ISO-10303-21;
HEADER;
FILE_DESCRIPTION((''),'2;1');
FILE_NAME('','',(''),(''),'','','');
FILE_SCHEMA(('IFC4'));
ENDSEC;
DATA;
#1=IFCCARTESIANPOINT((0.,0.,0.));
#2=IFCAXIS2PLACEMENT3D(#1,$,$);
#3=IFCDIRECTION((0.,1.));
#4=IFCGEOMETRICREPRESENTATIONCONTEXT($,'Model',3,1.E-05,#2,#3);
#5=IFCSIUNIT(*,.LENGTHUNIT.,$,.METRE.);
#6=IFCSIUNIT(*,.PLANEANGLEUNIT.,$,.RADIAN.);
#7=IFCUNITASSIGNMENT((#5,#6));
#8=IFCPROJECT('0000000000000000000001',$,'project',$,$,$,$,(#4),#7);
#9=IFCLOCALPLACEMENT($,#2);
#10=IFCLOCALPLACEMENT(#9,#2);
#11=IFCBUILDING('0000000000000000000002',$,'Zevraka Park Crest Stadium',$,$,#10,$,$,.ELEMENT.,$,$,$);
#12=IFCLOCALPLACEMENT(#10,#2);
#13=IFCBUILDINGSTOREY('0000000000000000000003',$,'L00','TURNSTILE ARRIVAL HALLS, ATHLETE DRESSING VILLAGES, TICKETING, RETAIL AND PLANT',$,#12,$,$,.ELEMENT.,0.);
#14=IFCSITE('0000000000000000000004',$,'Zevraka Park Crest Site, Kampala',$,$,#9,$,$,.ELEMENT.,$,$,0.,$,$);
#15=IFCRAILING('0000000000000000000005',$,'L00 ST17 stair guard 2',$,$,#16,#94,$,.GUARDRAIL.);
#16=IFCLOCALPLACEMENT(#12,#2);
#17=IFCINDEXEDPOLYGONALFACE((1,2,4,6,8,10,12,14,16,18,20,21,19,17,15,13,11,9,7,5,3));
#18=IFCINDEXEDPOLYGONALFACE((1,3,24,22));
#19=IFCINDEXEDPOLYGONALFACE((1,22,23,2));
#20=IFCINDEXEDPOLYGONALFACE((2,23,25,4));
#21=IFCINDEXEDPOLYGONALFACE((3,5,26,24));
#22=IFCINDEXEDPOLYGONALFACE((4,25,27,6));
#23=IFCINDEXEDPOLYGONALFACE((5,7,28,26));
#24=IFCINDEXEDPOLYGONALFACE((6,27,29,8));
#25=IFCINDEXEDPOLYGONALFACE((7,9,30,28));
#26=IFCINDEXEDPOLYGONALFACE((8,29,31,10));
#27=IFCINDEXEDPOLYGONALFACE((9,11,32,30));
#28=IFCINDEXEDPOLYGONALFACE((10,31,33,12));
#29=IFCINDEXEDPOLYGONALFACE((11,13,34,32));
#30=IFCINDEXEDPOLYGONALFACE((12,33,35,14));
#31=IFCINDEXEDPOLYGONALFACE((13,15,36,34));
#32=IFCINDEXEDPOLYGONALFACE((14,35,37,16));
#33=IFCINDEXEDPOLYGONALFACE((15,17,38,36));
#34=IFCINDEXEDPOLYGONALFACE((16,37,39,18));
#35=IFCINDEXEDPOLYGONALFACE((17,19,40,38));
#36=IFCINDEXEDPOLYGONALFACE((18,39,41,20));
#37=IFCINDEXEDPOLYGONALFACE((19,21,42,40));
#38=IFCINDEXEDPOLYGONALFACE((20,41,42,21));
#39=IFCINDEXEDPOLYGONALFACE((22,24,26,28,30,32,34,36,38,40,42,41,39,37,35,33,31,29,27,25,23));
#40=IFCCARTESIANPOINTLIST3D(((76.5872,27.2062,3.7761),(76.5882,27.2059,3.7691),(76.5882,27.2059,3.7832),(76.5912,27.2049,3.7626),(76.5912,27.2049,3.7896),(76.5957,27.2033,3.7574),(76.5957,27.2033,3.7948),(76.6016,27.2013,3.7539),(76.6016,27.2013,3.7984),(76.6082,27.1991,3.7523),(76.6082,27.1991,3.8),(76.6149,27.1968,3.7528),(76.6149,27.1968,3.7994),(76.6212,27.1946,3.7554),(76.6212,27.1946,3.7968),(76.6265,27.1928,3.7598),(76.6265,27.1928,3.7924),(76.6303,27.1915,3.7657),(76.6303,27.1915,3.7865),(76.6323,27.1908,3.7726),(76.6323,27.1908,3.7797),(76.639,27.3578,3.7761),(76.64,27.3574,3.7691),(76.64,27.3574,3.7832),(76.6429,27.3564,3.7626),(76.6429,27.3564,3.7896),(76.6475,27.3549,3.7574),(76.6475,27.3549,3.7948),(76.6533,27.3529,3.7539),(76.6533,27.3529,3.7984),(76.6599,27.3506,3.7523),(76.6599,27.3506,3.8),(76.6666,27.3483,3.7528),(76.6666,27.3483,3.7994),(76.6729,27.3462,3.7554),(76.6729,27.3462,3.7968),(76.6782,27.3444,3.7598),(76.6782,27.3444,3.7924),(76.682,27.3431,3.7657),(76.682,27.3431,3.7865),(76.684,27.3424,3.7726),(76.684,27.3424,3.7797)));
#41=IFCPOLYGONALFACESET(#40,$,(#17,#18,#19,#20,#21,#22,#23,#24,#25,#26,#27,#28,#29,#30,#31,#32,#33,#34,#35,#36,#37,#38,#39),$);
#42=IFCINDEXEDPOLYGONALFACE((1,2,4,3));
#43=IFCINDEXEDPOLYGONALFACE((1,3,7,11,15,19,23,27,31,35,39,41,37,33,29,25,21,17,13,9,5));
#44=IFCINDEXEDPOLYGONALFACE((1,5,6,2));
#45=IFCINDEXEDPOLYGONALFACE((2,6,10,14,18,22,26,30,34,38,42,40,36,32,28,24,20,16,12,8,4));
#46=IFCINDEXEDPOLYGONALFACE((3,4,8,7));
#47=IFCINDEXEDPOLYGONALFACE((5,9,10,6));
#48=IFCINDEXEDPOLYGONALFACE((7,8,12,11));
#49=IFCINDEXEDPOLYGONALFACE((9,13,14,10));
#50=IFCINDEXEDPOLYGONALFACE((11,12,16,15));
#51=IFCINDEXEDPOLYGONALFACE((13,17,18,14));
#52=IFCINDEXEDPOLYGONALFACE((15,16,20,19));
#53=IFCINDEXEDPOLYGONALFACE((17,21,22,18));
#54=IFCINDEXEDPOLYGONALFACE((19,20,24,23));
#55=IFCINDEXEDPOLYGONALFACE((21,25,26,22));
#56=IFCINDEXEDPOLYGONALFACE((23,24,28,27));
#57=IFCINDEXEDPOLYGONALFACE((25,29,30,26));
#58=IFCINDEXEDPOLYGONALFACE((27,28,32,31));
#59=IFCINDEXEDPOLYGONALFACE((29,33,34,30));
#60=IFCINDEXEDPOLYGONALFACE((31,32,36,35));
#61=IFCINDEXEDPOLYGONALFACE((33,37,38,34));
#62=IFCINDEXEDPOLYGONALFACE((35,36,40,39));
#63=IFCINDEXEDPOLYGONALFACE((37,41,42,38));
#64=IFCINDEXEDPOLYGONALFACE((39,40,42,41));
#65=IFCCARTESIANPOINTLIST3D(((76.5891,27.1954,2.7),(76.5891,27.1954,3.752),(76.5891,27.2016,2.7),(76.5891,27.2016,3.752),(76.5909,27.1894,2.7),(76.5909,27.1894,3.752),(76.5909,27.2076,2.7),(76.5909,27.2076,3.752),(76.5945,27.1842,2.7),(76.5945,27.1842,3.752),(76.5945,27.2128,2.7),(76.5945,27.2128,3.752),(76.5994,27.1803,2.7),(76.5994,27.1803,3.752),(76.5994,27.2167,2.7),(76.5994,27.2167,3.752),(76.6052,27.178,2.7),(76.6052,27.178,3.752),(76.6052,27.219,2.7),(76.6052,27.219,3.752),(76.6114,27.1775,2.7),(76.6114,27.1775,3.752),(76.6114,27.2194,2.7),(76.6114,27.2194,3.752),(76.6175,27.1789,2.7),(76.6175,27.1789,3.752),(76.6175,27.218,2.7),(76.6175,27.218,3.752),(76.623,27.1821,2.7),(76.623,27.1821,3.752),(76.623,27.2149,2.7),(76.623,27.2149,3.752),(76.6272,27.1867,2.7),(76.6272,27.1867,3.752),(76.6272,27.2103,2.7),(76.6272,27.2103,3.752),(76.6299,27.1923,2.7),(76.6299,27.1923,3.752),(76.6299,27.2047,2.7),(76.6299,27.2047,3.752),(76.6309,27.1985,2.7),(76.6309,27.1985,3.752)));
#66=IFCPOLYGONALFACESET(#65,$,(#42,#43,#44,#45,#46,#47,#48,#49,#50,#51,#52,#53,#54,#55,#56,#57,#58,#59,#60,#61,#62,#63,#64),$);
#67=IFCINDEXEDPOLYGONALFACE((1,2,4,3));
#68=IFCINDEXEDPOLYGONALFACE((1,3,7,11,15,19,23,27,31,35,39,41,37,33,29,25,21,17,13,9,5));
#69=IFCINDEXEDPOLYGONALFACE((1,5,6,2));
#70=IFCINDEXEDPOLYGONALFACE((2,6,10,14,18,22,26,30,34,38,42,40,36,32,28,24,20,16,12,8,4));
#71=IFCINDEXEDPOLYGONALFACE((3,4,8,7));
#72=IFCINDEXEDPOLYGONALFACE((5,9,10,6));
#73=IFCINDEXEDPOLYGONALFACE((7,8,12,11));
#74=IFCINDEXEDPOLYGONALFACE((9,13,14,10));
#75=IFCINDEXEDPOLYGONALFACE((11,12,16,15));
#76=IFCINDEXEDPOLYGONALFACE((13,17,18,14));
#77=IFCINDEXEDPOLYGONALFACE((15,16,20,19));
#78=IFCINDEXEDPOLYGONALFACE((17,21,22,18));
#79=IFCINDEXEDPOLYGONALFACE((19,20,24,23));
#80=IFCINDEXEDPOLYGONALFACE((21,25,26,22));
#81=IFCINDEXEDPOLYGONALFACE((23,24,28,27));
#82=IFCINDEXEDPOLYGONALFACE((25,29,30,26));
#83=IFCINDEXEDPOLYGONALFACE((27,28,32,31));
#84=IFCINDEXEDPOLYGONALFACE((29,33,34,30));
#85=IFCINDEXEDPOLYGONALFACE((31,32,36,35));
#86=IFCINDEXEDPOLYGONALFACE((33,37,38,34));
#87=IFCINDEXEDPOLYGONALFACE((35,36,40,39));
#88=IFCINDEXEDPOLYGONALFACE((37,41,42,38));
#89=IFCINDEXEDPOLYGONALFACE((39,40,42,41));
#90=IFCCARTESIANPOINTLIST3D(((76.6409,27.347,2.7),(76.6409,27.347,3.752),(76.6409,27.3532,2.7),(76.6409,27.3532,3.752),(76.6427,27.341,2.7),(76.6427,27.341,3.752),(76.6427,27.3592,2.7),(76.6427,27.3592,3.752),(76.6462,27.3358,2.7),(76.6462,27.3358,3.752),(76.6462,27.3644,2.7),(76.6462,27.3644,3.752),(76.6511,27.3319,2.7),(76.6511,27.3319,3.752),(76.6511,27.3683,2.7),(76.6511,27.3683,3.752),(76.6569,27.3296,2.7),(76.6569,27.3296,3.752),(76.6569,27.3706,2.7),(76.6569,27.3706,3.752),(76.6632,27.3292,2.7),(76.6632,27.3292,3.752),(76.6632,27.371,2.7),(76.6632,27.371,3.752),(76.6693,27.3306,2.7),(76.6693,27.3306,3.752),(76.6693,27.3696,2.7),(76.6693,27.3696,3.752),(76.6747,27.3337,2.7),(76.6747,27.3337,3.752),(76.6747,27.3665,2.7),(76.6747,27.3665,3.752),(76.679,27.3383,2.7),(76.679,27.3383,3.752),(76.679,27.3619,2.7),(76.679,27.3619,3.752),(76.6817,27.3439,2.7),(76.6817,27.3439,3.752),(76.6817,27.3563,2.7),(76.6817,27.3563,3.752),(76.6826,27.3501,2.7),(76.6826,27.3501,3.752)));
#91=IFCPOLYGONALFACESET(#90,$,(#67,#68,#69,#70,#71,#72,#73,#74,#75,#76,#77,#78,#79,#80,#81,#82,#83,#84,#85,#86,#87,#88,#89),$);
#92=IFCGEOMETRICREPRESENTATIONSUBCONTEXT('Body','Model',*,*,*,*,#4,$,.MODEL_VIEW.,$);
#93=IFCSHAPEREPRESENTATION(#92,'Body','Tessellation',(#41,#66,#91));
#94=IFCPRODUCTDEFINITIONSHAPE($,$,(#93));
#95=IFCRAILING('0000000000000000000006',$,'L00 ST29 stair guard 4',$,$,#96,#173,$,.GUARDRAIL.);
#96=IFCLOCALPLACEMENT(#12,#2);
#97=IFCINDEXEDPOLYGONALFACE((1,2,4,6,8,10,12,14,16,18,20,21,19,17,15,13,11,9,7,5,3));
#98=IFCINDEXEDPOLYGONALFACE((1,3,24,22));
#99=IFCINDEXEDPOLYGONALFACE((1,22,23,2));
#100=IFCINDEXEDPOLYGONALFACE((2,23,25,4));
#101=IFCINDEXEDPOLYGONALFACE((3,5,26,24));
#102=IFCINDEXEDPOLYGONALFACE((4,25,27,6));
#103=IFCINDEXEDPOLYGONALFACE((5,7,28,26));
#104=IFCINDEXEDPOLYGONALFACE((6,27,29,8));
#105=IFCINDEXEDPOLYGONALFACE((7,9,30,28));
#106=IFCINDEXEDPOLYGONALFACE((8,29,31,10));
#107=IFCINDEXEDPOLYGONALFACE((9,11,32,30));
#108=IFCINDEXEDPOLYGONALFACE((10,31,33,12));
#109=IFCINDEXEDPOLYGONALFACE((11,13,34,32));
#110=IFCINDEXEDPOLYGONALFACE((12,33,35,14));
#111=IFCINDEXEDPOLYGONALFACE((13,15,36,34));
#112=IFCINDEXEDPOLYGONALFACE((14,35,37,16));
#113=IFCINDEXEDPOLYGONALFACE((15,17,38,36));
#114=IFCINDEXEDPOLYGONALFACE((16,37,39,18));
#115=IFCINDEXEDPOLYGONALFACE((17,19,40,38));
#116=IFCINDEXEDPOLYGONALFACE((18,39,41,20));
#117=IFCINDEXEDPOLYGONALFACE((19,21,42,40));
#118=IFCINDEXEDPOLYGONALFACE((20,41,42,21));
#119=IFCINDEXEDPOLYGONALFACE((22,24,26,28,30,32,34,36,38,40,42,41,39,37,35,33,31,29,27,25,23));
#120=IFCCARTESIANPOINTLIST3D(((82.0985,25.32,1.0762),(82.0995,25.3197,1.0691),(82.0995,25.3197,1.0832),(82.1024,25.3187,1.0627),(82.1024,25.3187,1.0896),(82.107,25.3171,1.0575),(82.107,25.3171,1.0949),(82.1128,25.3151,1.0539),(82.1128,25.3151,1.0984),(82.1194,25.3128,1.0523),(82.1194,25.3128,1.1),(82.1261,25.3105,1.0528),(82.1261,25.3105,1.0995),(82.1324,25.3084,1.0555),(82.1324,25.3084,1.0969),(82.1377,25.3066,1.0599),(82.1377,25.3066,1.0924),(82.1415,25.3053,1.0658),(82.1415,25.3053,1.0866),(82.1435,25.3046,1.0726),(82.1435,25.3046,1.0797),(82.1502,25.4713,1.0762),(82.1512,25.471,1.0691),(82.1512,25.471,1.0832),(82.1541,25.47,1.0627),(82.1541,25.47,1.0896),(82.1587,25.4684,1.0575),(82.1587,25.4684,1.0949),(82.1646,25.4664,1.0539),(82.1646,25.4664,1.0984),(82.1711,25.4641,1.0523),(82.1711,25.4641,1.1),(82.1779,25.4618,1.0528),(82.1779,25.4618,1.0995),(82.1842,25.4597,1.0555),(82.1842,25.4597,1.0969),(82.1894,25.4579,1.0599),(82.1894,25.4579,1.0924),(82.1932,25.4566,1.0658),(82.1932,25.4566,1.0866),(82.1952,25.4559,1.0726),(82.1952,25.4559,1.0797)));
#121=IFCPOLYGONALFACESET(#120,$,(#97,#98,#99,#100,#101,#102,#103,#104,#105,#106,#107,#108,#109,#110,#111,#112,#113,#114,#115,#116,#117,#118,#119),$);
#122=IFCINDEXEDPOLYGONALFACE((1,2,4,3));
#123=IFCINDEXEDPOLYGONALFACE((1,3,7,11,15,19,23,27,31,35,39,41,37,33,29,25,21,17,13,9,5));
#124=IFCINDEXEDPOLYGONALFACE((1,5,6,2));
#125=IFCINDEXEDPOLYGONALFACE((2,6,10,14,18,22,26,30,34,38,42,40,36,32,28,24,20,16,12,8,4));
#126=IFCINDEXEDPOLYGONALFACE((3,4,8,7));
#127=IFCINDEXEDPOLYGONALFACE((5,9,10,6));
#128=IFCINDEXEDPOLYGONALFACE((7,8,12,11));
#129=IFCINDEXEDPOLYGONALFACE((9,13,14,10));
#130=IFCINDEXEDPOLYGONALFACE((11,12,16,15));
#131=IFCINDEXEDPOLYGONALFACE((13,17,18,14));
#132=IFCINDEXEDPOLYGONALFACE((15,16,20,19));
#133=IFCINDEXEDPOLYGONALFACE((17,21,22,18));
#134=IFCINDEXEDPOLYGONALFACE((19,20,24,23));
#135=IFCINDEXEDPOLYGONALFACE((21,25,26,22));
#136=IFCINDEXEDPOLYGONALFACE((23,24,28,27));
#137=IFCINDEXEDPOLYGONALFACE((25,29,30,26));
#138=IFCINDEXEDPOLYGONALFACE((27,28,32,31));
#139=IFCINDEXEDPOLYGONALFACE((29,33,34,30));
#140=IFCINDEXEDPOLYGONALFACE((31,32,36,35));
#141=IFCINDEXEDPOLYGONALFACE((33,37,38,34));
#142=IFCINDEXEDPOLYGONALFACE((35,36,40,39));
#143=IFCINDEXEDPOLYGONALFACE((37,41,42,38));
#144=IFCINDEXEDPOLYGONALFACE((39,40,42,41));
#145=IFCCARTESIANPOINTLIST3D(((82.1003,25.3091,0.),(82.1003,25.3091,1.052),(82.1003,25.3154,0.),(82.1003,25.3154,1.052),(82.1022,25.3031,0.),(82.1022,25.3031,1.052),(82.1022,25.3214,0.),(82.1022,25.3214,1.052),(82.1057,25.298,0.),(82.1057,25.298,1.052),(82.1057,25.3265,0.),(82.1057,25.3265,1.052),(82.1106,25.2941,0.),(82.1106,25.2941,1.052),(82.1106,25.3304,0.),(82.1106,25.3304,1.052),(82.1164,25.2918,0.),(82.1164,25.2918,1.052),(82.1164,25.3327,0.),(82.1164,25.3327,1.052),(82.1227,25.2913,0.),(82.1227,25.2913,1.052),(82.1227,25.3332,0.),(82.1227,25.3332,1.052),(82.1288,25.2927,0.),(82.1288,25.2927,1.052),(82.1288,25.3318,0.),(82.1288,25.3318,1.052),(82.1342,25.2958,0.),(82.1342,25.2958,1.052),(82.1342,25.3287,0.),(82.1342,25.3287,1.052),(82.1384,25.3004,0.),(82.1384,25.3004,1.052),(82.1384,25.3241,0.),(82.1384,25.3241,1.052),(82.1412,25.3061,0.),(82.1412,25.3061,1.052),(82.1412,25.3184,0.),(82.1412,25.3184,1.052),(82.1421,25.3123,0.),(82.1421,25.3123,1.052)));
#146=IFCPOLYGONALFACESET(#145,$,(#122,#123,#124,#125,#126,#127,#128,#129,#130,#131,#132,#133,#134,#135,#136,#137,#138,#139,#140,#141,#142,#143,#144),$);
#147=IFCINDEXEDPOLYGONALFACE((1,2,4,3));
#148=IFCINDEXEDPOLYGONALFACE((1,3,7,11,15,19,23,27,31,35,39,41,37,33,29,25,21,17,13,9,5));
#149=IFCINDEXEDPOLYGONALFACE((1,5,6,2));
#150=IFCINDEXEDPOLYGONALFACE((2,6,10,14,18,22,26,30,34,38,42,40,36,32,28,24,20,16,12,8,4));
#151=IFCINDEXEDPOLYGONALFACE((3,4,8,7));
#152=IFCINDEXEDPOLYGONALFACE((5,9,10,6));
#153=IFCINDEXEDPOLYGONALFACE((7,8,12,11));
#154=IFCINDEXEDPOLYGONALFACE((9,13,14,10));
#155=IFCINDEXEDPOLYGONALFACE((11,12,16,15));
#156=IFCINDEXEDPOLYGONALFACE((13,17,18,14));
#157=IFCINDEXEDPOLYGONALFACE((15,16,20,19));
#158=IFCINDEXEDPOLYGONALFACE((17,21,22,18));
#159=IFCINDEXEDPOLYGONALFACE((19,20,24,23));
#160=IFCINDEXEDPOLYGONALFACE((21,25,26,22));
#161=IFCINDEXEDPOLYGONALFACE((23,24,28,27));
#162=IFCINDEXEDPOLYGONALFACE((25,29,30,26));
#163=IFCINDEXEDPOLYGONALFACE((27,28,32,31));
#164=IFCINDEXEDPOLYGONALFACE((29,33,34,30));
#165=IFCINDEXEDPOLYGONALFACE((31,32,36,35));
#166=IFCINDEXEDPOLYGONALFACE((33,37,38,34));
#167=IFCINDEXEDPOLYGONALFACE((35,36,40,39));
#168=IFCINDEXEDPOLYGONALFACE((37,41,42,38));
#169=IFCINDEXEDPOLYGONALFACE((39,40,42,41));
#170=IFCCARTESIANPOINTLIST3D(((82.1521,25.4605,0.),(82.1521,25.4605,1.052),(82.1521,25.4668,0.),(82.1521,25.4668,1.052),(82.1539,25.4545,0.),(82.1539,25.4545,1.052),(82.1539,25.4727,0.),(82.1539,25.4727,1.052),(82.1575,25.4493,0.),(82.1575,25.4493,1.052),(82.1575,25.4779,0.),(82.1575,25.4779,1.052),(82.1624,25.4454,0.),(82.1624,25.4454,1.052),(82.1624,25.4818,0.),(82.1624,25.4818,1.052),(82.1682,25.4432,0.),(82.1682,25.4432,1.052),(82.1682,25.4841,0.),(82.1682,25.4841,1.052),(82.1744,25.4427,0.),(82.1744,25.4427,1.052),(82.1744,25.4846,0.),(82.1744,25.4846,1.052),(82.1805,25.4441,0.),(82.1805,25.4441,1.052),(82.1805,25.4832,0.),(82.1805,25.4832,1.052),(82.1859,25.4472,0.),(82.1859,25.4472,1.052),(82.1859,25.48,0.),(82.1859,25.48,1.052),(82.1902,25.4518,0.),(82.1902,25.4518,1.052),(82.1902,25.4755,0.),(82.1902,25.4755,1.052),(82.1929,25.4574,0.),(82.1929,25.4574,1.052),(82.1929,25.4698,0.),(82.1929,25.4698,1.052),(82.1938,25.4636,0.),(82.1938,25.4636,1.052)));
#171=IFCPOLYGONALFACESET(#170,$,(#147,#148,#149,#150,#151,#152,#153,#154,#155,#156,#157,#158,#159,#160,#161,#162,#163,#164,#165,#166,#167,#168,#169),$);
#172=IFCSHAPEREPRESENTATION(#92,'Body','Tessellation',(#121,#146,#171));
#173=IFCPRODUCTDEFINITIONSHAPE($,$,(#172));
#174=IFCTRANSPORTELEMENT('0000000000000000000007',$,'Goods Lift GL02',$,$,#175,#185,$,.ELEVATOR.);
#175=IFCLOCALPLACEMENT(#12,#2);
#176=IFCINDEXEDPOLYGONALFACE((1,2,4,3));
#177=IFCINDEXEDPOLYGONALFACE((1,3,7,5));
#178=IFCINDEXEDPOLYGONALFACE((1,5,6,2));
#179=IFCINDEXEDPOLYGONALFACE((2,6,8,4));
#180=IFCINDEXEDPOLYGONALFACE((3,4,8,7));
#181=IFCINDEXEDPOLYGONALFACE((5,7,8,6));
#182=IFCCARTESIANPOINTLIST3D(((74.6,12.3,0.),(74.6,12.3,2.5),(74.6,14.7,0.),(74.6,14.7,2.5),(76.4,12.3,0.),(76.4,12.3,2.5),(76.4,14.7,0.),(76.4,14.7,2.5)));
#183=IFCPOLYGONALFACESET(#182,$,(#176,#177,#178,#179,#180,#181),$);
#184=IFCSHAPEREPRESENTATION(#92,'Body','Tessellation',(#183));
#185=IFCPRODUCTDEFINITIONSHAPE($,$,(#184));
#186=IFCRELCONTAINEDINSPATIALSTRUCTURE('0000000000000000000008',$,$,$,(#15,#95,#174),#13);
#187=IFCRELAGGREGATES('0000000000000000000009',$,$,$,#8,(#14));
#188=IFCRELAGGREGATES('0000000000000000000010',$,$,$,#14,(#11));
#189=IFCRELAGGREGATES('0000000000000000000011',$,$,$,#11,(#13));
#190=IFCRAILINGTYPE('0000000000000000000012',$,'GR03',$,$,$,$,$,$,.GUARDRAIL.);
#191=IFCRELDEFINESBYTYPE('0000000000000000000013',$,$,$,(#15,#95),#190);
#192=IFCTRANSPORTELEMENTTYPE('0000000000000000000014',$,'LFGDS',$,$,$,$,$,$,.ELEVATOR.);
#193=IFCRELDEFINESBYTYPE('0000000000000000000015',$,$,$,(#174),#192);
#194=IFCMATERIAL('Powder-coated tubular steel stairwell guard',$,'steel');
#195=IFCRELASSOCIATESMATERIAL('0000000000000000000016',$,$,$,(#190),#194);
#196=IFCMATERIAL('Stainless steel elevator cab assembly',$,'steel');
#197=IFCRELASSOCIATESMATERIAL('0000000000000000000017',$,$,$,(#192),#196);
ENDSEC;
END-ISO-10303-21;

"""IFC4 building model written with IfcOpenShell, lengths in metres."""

from ifc_helpers import new_model, si_unit, direction, frame, origin, origin_2d, place, context, subcontext, project, spatial, rectangle, circle, extrude, material, type_object, element, save


model = new_model("IFC4")

# Units and contexts
model_context = context("Model", 3, precision=1e-05, world=origin(), true_north=direction((0.0, 1.0)))
body_context = subcontext(model_context, "Body", "Model", "MODEL_VIEW")
ifc_project = project(units=[si_unit("LENGTHUNIT", "METRE"), si_unit("PLANEANGLEUNIT", "RADIAN")], contexts=[model_context])

# Site, building, storey
site_placement = place(None, origin())
site = spatial("IfcSite", under=ifc_project, at=site_placement, Name="Zevraka Park Crest Site, Kampala", CompositionType="ELEMENT", RefElevation=0.0)
building_placement = place(site_placement, origin())
building = spatial("IfcBuilding", under=site, at=building_placement, Name="Zevraka Park Crest Stadium", CompositionType="ELEMENT")
storey_placement = place(building_placement, origin())
storey = spatial("IfcBuildingStorey", under=building, at=storey_placement, Name="L00", Description="TURNSTILE ARRIVAL HALLS, ATHLETE DRESSING VILLAGES, TICKETING, RETAIL AND PLANT", CompositionType="ELEMENT", Elevation=0.0)

# Railings
ifc_material_1 = material(Name="Powder-coated tubular steel stairwell guard", Category="steel")
railing_type_1 = type_object("IfcRailingType", Name="GR03", PredefinedType="GUARDRAIL", material=ifc_material_1)
railing_1_placement = place(storey_placement, frame((76.6099, 27.1985, 2.7)))
element("IfcRailing", 1, at=railing_1_placement, inside=storey, type_object=railing_type_1, Name="L00 ST17 stair guard 2", PredefinedType="GUARDRAIL", context=body_context, shape_type="SweptSolid", body=[
    extrude(circle(Radius=0.0239, at=origin_2d()), frame((0.0, 0.0, 1.0762), z_axis=(0.323077, 0.946373, 0.0), x_axis=(-0.946373, 0.323077, 0.0)), (0.0, 0.0, 1.0), 0.1602),
    extrude(circle(Radius=0.021, at=origin_2d()), origin(), (0.0, 0.0, 1.0), 1.052),
    extrude(circle(Radius=0.021, at=origin_2d()), frame((0.0518, 0.1516, 0.0)), (0.0, 0.0, 1.0), 1.052),
])
railing_2_placement = place(storey_placement, frame((82.1211, 25.3123, 0.0)))
element("IfcRailing", 2, at=railing_2_placement, inside=storey, type_object=railing_type_1, Name="L00 ST29 stair guard 4", PredefinedType="GUARDRAIL", context=body_context, shape_type="SweptSolid", body=[
    extrude(circle(Radius=0.0239, at=origin_2d()), frame((0.0, 0.0, 1.0762), z_axis=(0.323544, 0.946213, 0.0), x_axis=(-0.946213, 0.323544, 0.0)), (0.0, 0.0, 1.0), 0.1599),
    extrude(circle(Radius=0.021, at=origin_2d()), origin(), (0.0, 0.0, 1.0), 1.052),
    extrude(circle(Radius=0.021, at=origin_2d()), frame((0.0518, 0.1514, 0.0)), (0.0, 0.0, 1.0), 1.052),
])

# Transport element
ifc_material_2 = material(Name="Stainless steel elevator cab assembly", Category="steel")
transport_element_type = type_object("IfcTransportElementType", Name="LFGDS", PredefinedType="ELEVATOR", material=ifc_material_2)
transport_element_placement = place(storey_placement, frame((75.5, 13.5, 0.0), z_axis=(0.0, 0.0, 1.0), x_axis=(1.0, 0.0, 0.0)))
element("IfcTransportElement", 3, at=transport_element_placement, inside=storey, type_object=transport_element_type, Name="Goods Lift GL02", PredefinedType="ELEVATOR", context=body_context, shape_type="SweptSolid", body=[
    extrude(rectangle(XDim=1.8, YDim=2.3999, at=origin_2d()), origin(), (0.0, 0.0, 1.0), 2.5),
])

save(model, "model.ifc")
